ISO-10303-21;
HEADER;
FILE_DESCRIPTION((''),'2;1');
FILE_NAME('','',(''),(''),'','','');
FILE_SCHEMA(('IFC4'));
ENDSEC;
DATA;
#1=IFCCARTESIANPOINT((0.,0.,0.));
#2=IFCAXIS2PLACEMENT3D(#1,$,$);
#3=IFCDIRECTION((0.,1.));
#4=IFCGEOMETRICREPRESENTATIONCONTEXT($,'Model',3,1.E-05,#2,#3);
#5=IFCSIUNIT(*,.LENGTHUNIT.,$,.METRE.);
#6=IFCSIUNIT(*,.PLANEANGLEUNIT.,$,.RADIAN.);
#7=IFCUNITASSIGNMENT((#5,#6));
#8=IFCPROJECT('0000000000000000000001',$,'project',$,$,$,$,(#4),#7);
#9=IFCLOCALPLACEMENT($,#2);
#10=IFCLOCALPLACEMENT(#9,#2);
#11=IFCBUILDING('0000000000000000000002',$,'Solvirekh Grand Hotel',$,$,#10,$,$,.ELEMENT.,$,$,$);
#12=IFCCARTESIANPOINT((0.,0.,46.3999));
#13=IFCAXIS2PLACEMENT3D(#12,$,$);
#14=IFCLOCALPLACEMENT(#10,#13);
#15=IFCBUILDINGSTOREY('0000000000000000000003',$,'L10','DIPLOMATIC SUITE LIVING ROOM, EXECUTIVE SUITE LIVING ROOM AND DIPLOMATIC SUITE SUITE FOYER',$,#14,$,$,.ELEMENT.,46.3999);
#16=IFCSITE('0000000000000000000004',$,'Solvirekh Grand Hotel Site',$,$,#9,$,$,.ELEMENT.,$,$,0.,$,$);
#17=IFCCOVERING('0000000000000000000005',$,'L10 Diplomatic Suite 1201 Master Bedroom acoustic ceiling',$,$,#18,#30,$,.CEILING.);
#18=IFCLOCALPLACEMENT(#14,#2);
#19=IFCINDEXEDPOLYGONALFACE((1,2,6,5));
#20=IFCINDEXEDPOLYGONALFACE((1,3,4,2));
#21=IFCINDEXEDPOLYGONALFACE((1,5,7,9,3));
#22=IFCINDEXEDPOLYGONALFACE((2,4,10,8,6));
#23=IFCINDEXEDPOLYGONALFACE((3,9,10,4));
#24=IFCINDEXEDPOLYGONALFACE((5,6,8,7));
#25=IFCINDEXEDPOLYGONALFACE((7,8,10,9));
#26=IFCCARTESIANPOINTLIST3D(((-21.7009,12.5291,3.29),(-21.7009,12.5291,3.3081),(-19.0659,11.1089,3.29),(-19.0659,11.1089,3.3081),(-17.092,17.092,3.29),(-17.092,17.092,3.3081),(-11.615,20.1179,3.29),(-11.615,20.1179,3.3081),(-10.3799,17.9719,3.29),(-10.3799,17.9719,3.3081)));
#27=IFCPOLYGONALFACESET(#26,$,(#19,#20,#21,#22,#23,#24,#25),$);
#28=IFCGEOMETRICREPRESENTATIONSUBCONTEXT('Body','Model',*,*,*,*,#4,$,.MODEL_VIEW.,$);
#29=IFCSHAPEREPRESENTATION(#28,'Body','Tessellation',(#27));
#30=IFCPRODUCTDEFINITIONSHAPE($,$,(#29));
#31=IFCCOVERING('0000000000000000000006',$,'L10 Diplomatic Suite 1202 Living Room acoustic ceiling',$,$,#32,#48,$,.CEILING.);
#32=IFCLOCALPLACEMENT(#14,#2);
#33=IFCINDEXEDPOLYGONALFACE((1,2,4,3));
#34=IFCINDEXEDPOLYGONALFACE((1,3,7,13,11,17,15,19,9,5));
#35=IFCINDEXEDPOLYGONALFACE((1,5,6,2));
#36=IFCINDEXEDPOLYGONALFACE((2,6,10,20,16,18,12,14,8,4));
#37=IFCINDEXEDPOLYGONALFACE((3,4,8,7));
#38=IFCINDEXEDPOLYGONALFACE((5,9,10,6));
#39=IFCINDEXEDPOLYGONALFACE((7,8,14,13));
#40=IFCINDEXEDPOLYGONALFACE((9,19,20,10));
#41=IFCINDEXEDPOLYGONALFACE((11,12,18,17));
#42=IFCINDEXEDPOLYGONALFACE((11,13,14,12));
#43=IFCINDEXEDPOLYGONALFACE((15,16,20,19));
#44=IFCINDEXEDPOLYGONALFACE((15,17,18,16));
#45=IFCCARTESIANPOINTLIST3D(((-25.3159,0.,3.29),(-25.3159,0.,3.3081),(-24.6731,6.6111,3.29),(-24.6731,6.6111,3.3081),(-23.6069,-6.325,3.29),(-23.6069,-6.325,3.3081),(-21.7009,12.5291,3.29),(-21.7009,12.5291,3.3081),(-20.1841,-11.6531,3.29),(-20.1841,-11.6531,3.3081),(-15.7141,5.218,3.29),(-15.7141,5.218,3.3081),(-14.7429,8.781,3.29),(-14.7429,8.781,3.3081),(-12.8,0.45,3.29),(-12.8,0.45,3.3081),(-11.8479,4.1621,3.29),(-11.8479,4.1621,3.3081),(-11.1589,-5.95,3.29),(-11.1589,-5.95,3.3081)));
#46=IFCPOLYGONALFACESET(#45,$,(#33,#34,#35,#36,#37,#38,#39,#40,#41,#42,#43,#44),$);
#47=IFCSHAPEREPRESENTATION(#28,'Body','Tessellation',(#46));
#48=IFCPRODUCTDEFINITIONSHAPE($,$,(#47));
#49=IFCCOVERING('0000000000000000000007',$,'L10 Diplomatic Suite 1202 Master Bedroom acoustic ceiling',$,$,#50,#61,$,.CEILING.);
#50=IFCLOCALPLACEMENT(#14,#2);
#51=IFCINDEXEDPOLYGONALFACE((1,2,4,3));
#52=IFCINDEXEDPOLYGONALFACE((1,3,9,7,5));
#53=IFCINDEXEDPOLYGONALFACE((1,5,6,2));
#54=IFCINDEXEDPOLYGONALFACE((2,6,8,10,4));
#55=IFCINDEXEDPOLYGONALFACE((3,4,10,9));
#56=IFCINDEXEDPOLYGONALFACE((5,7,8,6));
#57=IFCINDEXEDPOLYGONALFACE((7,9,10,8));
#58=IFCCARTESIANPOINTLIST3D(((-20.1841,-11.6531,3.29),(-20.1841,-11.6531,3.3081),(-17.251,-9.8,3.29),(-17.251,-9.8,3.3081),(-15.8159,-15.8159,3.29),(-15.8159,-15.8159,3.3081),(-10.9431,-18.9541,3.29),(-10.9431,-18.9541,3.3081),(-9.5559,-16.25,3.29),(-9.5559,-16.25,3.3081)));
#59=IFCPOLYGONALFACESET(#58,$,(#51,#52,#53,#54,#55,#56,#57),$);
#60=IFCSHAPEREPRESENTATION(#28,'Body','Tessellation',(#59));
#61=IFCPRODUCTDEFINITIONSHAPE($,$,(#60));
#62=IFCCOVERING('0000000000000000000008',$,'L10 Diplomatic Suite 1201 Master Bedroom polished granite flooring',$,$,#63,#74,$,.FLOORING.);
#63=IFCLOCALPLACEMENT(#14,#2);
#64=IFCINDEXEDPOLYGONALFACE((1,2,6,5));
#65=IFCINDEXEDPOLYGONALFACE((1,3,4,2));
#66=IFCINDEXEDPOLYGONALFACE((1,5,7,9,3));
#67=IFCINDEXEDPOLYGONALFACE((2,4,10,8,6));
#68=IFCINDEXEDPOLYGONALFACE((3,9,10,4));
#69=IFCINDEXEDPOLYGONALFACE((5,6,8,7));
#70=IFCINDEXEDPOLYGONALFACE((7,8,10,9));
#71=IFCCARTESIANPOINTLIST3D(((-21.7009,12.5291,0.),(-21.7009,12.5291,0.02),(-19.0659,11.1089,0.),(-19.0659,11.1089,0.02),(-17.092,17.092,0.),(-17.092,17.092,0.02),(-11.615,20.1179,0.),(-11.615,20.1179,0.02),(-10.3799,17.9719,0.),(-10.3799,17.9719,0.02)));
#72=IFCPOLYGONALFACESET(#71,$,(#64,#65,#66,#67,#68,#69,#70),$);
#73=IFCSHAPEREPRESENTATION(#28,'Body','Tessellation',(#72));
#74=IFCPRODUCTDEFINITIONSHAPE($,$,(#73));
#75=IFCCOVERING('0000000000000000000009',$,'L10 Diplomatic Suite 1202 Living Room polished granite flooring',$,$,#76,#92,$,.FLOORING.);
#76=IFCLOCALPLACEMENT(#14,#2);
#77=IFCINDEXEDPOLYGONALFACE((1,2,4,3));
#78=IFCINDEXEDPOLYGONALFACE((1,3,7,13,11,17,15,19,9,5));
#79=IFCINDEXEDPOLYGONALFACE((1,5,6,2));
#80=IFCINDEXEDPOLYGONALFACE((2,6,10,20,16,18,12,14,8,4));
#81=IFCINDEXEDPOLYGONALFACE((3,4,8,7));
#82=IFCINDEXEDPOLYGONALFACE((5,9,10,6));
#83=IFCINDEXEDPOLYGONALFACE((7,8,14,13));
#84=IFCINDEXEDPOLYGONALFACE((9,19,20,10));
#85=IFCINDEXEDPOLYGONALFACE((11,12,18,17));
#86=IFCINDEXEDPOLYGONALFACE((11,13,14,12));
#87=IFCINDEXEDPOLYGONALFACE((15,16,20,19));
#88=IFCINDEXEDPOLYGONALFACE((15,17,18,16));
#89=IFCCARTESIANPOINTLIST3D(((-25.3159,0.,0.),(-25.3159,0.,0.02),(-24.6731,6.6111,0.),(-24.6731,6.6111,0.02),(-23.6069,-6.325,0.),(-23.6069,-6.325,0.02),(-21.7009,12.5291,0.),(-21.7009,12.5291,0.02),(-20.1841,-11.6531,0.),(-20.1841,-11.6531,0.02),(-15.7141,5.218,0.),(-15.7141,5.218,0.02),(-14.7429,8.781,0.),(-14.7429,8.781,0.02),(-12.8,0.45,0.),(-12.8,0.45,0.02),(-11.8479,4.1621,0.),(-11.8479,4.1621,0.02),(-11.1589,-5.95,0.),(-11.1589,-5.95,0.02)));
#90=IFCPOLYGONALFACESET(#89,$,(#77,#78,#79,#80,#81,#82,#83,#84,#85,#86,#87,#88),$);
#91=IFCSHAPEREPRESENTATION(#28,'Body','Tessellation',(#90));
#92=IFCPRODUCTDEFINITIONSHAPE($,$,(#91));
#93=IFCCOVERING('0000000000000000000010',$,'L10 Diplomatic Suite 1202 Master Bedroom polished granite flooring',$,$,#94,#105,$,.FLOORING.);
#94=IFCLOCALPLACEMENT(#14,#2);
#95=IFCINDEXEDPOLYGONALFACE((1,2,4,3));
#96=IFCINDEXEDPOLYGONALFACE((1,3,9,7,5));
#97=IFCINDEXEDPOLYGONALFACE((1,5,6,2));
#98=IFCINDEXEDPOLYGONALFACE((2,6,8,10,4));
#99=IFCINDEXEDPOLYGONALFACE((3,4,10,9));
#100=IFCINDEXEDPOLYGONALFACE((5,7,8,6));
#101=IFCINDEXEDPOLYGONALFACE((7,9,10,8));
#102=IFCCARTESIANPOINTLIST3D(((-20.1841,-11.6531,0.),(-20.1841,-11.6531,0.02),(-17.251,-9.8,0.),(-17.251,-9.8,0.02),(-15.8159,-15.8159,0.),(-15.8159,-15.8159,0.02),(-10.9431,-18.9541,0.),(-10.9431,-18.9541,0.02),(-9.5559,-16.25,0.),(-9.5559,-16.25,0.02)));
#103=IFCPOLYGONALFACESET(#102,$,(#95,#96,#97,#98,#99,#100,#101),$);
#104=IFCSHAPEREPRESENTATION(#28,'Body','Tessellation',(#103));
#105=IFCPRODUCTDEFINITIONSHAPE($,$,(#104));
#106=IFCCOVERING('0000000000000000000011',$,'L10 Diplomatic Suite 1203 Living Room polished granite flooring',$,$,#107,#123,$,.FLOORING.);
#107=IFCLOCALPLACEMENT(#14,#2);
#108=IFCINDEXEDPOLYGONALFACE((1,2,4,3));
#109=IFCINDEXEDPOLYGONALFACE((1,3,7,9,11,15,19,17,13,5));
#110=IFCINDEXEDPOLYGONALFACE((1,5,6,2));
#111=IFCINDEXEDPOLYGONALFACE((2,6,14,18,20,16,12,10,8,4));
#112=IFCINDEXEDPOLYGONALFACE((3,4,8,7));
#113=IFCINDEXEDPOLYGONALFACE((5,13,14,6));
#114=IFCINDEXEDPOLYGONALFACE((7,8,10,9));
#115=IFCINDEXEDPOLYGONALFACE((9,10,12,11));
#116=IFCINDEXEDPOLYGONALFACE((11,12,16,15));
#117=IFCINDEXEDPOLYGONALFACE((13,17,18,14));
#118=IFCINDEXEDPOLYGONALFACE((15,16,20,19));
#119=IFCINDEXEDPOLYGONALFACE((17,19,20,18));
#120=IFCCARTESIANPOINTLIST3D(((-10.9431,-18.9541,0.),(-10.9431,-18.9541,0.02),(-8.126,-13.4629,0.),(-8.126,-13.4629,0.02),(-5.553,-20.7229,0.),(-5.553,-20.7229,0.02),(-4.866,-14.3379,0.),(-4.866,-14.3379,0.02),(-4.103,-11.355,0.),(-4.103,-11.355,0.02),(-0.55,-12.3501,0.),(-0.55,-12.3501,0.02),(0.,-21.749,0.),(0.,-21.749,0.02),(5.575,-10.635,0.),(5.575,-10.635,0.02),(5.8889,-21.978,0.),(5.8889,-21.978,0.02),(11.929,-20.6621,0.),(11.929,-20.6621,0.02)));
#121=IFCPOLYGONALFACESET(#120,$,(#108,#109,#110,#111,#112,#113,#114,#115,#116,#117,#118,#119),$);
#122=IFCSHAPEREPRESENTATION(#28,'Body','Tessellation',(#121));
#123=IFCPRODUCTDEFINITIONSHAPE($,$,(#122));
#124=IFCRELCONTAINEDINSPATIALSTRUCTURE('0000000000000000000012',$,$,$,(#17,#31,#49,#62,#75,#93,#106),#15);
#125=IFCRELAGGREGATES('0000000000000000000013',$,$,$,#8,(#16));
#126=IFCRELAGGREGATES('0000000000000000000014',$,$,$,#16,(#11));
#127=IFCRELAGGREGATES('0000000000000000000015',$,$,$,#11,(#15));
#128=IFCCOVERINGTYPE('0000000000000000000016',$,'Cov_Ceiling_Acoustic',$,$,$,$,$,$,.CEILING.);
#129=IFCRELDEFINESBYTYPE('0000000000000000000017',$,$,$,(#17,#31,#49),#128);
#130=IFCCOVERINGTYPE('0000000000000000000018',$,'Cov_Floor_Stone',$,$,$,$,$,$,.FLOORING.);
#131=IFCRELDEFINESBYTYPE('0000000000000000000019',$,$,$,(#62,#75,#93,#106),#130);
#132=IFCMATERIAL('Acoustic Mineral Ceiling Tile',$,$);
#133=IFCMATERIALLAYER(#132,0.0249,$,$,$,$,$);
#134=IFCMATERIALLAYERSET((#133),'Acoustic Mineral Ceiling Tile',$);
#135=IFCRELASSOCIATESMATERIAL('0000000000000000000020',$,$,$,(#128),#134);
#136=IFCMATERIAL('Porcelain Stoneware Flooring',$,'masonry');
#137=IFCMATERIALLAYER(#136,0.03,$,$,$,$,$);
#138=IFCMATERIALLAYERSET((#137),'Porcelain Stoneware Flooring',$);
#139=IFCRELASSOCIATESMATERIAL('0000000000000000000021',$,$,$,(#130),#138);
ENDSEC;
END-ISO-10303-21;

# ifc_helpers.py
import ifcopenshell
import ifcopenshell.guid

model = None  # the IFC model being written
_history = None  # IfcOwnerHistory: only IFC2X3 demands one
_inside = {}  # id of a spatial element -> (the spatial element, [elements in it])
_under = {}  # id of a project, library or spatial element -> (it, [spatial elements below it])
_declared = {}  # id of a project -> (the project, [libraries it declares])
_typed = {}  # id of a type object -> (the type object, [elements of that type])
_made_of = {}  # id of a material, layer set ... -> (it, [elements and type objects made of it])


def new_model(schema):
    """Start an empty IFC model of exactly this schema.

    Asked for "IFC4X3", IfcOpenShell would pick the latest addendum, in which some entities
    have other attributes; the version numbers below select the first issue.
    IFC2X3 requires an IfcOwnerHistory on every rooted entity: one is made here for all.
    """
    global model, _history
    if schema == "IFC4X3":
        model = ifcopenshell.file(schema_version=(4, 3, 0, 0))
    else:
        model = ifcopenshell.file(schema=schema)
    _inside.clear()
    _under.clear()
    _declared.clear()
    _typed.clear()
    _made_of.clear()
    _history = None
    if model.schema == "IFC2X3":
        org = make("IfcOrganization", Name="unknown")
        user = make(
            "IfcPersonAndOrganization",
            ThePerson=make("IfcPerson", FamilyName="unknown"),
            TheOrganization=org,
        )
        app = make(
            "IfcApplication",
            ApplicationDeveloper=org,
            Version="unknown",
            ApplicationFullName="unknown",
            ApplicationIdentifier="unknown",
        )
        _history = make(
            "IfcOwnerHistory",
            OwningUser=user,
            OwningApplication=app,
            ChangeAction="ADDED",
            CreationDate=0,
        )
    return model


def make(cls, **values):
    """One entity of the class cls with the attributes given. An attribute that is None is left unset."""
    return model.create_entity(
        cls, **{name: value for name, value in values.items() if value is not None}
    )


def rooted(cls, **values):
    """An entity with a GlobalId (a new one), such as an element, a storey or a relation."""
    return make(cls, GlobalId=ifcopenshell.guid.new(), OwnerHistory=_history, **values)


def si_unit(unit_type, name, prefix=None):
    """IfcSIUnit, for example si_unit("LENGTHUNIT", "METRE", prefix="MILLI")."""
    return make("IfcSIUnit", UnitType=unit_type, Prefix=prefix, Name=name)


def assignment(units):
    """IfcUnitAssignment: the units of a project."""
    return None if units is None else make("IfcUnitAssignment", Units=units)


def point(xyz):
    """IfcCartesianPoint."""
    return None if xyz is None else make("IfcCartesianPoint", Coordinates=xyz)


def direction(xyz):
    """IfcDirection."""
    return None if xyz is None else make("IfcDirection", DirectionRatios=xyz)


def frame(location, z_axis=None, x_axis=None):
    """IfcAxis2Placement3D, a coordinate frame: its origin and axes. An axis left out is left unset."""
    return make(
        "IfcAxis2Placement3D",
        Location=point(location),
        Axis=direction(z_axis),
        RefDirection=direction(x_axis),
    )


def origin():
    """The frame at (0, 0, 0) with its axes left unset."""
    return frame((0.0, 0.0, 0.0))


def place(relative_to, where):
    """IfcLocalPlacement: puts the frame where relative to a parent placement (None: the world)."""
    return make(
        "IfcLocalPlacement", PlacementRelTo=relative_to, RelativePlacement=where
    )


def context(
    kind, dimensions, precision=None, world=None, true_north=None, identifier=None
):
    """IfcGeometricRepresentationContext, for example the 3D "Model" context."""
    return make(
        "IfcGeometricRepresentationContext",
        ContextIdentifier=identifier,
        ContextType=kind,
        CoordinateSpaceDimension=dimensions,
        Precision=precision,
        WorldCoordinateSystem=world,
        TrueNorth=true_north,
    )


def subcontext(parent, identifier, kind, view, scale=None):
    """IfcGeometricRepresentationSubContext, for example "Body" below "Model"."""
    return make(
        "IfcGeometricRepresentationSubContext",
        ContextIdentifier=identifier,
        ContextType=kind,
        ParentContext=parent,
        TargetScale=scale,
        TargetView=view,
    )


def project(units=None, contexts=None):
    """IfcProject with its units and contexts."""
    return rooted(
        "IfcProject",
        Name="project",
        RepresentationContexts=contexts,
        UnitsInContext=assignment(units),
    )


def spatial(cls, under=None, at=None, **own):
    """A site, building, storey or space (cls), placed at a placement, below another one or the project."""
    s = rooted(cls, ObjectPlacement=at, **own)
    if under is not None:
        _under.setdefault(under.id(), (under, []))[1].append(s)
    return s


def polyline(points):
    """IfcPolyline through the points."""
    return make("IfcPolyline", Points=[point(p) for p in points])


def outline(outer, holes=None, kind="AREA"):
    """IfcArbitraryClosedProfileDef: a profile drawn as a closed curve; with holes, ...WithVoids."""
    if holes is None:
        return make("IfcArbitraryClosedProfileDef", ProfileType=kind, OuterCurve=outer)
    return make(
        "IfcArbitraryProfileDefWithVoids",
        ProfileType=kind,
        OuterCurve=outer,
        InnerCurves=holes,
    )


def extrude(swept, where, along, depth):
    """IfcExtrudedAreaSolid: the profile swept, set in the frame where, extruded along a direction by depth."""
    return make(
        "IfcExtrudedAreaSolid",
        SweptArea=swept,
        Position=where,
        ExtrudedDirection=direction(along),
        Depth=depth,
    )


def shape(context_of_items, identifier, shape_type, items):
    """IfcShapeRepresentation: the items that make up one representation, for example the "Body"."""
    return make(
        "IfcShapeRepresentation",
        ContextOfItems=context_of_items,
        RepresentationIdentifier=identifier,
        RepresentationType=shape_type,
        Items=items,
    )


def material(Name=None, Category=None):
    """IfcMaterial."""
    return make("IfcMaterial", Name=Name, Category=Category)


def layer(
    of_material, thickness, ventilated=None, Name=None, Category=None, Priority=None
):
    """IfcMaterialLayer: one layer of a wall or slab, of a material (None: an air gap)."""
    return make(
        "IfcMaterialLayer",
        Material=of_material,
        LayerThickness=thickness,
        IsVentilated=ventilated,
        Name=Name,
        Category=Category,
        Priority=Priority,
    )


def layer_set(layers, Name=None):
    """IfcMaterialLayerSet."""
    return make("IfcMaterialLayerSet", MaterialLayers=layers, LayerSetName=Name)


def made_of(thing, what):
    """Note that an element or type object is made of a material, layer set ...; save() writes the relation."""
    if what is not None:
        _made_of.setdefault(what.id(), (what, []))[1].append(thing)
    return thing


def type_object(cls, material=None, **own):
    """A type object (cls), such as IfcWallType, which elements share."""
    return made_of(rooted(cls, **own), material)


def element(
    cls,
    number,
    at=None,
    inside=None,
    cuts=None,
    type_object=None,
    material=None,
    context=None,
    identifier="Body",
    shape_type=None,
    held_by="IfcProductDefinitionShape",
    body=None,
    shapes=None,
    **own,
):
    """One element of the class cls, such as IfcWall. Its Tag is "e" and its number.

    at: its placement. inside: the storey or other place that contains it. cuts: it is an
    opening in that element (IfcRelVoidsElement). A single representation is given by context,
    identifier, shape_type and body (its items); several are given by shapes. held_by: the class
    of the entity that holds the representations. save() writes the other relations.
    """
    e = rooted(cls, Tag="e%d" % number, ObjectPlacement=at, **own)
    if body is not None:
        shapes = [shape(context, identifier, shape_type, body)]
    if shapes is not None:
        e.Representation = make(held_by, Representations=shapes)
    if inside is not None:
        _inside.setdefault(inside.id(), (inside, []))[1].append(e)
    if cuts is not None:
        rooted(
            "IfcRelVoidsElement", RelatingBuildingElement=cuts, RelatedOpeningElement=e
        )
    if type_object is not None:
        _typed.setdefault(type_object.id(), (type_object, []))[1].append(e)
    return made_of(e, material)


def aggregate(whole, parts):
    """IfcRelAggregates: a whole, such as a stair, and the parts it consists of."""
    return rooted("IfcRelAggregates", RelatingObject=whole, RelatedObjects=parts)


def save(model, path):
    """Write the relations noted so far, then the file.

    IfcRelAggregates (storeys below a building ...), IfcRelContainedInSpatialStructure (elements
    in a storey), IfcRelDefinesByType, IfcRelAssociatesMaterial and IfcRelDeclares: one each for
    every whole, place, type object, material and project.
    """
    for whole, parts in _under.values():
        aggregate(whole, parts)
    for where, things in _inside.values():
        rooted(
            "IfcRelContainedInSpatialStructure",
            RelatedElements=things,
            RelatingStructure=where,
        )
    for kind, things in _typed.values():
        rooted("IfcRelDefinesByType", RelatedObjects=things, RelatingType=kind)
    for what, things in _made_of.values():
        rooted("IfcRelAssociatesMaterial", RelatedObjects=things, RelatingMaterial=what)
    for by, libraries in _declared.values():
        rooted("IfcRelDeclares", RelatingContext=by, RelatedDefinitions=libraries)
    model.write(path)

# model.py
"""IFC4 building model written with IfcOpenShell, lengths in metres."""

from ifc_helpers import new_model, si_unit, direction, frame, origin, place, context, subcontext, project, spatial, polyline, outline, extrude, material, layer, layer_set, type_object, element, save


model = new_model("IFC4")

# Units and contexts
model_context = context("Model", 3, precision=1e-05, world=origin(), true_north=direction((0.0, 1.0)))
body_context = subcontext(model_context, "Body", "Model", "MODEL_VIEW")
ifc_project = project(units=[si_unit("LENGTHUNIT", "METRE"), si_unit("PLANEANGLEUNIT", "RADIAN")], contexts=[model_context])

# Site, building, storey
site_placement = place(None, origin())
site = spatial("IfcSite", under=ifc_project, at=site_placement, Name="Solvirekh Grand Hotel Site", CompositionType="ELEMENT", RefElevation=0.0)
building_placement = place(site_placement, origin())
building = spatial("IfcBuilding", under=site, at=building_placement, Name="Solvirekh Grand Hotel", CompositionType="ELEMENT")
storey_placement = place(building_placement, frame((0.0, 0.0, 46.3999)))
storey = spatial("IfcBuildingStorey", under=building, at=storey_placement, Name="L10", Description="DIPLOMATIC SUITE LIVING ROOM, EXECUTIVE SUITE LIVING ROOM AND DIPLOMATIC SUITE SUITE FOYER", CompositionType="ELEMENT", Elevation=46.3999)

# Coverings
ifc_material_1 = material(Name="Acoustic Mineral Ceiling Tile")
ifc_layer_1 = layer(ifc_material_1, 0.0249)
ifc_layer_set_1 = layer_set([ifc_layer_1], Name="Acoustic Mineral Ceiling Tile")
covering_type_1 = type_object("IfcCoveringType", Name="Cov_Ceiling_Acoustic", PredefinedType="CEILING", material=ifc_layer_set_1)
covering_1_placement = place(storey_placement, frame((0.0, 0.0, 3.29)))
element("IfcCovering", 1, at=covering_1_placement, inside=storey, type_object=covering_type_1, Name="L10 Diplomatic Suite 1201 Master Bedroom acoustic ceiling", PredefinedType="CEILING", context=body_context, shape_type="SweptSolid", body=[
    extrude(outline(polyline([(-11.615, 20.1179), (-17.092, 17.092), (-21.7009, 12.5291), (-19.0659, 11.1089), (-10.3799, 17.9719), (-11.615, 20.1179)])), origin(), (0.0, 0.0, 1.0), 0.0181),
])
covering_2_placement = place(storey_placement, frame((0.0, 0.0, 3.29)))
element("IfcCovering", 2, at=covering_2_placement, inside=storey, type_object=covering_type_1, Name="L10 Diplomatic Suite 1202 Living Room acoustic ceiling", PredefinedType="CEILING", context=body_context, shape_type="SweptSolid", body=[
    extrude(outline(polyline([(-15.7141, 5.218), (-14.7429, 8.781), (-21.7009, 12.5291), (-24.6731, 6.6111), (-25.3159, 0.0), (-23.6069, -6.325), (-20.1841, -11.6531), (-11.1589, -5.95), (-12.8, 0.45), (-11.8479, 4.1621), (-15.7141, 5.218)])), origin(), (0.0, 0.0, 1.0), 0.0181),
])
covering_3_placement = place(storey_placement, frame((0.0, 0.0, 3.29)))
element("IfcCovering", 3, at=covering_3_placement, inside=storey, type_object=covering_type_1, Name="L10 Diplomatic Suite 1202 Master Bedroom acoustic ceiling", PredefinedType="CEILING", context=body_context, shape_type="SweptSolid", body=[
    extrude(outline(polyline([(-20.1841, -11.6531), (-15.8159, -15.8159), (-10.9431, -18.9541), (-9.5559, -16.25), (-17.251, -9.8), (-20.1841, -11.6531)])), origin(), (0.0, 0.0, 1.0), 0.0181),
])
ifc_material_2 = material(Name="Porcelain Stoneware Flooring", Category="masonry")
ifc_layer_2 = layer(ifc_material_2, 0.03)
ifc_layer_set_2 = layer_set([ifc_layer_2], Name="Porcelain Stoneware Flooring")
covering_type_2 = type_object("IfcCoveringType", Name="Cov_Floor_Stone", PredefinedType="FLOORING", material=ifc_layer_set_2)
covering_4_placement = place(storey_placement, origin())
element("IfcCovering", 4, at=covering_4_placement, inside=storey, type_object=covering_type_2, Name="L10 Diplomatic Suite 1201 Master Bedroom polished granite flooring", PredefinedType="FLOORING", context=body_context, shape_type="SweptSolid", body=[
    extrude(outline(polyline([(-11.615, 20.1179), (-17.092, 17.092), (-21.7009, 12.5291), (-19.0659, 11.1089), (-10.3799, 17.9719), (-11.615, 20.1179)])), origin(), (0.0, 0.0, 1.0), 0.02),
])
covering_5_placement = place(storey_placement, origin())
element("IfcCovering", 5, at=covering_5_placement, inside=storey, type_object=covering_type_2, Name="L10 Diplomatic Suite 1202 Living Room polished granite flooring", PredefinedType="FLOORING", context=body_context, shape_type="SweptSolid", body=[
    extrude(outline(polyline([(-15.7141, 5.218), (-14.7429, 8.781), (-21.7009, 12.5291), (-24.6731, 6.6111), (-25.3159, 0.0), (-23.6069, -6.325), (-20.1841, -11.6531), (-11.1589, -5.95), (-12.8, 0.45), (-11.8479, 4.1621), (-15.7141, 5.218)])), origin(), (0.0, 0.0, 1.0), 0.02),
])
covering_6_placement = place(storey_placement, origin())
element("IfcCovering", 6, at=covering_6_placement, inside=storey, type_object=covering_type_2, Name="L10 Diplomatic Suite 1202 Master Bedroom polished granite flooring", PredefinedType="FLOORING", context=body_context, shape_type="SweptSolid", body=[
    extrude(outline(polyline([(-20.1841, -11.6531), (-15.8159, -15.8159), (-10.9431, -18.9541), (-9.5559, -16.25), (-17.251, -9.8), (-20.1841, -11.6531)])), origin(), (0.0, 0.0, 1.0), 0.02),
])
covering_7_placement = place(storey_placement, origin())
element("IfcCovering", 7, at=covering_7_placement, inside=storey, type_object=covering_type_2, Name="L10 Diplomatic Suite 1203 Living Room polished granite flooring", PredefinedType="FLOORING", context=body_context, shape_type="SweptSolid", body=[
    extrude(outline(polyline([(-4.866, -14.3379), (-8.126, -13.4629), (-10.9431, -18.9541), (-5.553, -20.7229), (0.0, -21.749), (5.8889, -21.978), (11.929, -20.6621), (5.575, -10.635), (-0.55, -12.3501), (-4.103, -11.355), (-4.866, -14.3379)])), origin(), (0.0, 0.0, 1.0), 0.02),
])

save(model, "model.ifc")
